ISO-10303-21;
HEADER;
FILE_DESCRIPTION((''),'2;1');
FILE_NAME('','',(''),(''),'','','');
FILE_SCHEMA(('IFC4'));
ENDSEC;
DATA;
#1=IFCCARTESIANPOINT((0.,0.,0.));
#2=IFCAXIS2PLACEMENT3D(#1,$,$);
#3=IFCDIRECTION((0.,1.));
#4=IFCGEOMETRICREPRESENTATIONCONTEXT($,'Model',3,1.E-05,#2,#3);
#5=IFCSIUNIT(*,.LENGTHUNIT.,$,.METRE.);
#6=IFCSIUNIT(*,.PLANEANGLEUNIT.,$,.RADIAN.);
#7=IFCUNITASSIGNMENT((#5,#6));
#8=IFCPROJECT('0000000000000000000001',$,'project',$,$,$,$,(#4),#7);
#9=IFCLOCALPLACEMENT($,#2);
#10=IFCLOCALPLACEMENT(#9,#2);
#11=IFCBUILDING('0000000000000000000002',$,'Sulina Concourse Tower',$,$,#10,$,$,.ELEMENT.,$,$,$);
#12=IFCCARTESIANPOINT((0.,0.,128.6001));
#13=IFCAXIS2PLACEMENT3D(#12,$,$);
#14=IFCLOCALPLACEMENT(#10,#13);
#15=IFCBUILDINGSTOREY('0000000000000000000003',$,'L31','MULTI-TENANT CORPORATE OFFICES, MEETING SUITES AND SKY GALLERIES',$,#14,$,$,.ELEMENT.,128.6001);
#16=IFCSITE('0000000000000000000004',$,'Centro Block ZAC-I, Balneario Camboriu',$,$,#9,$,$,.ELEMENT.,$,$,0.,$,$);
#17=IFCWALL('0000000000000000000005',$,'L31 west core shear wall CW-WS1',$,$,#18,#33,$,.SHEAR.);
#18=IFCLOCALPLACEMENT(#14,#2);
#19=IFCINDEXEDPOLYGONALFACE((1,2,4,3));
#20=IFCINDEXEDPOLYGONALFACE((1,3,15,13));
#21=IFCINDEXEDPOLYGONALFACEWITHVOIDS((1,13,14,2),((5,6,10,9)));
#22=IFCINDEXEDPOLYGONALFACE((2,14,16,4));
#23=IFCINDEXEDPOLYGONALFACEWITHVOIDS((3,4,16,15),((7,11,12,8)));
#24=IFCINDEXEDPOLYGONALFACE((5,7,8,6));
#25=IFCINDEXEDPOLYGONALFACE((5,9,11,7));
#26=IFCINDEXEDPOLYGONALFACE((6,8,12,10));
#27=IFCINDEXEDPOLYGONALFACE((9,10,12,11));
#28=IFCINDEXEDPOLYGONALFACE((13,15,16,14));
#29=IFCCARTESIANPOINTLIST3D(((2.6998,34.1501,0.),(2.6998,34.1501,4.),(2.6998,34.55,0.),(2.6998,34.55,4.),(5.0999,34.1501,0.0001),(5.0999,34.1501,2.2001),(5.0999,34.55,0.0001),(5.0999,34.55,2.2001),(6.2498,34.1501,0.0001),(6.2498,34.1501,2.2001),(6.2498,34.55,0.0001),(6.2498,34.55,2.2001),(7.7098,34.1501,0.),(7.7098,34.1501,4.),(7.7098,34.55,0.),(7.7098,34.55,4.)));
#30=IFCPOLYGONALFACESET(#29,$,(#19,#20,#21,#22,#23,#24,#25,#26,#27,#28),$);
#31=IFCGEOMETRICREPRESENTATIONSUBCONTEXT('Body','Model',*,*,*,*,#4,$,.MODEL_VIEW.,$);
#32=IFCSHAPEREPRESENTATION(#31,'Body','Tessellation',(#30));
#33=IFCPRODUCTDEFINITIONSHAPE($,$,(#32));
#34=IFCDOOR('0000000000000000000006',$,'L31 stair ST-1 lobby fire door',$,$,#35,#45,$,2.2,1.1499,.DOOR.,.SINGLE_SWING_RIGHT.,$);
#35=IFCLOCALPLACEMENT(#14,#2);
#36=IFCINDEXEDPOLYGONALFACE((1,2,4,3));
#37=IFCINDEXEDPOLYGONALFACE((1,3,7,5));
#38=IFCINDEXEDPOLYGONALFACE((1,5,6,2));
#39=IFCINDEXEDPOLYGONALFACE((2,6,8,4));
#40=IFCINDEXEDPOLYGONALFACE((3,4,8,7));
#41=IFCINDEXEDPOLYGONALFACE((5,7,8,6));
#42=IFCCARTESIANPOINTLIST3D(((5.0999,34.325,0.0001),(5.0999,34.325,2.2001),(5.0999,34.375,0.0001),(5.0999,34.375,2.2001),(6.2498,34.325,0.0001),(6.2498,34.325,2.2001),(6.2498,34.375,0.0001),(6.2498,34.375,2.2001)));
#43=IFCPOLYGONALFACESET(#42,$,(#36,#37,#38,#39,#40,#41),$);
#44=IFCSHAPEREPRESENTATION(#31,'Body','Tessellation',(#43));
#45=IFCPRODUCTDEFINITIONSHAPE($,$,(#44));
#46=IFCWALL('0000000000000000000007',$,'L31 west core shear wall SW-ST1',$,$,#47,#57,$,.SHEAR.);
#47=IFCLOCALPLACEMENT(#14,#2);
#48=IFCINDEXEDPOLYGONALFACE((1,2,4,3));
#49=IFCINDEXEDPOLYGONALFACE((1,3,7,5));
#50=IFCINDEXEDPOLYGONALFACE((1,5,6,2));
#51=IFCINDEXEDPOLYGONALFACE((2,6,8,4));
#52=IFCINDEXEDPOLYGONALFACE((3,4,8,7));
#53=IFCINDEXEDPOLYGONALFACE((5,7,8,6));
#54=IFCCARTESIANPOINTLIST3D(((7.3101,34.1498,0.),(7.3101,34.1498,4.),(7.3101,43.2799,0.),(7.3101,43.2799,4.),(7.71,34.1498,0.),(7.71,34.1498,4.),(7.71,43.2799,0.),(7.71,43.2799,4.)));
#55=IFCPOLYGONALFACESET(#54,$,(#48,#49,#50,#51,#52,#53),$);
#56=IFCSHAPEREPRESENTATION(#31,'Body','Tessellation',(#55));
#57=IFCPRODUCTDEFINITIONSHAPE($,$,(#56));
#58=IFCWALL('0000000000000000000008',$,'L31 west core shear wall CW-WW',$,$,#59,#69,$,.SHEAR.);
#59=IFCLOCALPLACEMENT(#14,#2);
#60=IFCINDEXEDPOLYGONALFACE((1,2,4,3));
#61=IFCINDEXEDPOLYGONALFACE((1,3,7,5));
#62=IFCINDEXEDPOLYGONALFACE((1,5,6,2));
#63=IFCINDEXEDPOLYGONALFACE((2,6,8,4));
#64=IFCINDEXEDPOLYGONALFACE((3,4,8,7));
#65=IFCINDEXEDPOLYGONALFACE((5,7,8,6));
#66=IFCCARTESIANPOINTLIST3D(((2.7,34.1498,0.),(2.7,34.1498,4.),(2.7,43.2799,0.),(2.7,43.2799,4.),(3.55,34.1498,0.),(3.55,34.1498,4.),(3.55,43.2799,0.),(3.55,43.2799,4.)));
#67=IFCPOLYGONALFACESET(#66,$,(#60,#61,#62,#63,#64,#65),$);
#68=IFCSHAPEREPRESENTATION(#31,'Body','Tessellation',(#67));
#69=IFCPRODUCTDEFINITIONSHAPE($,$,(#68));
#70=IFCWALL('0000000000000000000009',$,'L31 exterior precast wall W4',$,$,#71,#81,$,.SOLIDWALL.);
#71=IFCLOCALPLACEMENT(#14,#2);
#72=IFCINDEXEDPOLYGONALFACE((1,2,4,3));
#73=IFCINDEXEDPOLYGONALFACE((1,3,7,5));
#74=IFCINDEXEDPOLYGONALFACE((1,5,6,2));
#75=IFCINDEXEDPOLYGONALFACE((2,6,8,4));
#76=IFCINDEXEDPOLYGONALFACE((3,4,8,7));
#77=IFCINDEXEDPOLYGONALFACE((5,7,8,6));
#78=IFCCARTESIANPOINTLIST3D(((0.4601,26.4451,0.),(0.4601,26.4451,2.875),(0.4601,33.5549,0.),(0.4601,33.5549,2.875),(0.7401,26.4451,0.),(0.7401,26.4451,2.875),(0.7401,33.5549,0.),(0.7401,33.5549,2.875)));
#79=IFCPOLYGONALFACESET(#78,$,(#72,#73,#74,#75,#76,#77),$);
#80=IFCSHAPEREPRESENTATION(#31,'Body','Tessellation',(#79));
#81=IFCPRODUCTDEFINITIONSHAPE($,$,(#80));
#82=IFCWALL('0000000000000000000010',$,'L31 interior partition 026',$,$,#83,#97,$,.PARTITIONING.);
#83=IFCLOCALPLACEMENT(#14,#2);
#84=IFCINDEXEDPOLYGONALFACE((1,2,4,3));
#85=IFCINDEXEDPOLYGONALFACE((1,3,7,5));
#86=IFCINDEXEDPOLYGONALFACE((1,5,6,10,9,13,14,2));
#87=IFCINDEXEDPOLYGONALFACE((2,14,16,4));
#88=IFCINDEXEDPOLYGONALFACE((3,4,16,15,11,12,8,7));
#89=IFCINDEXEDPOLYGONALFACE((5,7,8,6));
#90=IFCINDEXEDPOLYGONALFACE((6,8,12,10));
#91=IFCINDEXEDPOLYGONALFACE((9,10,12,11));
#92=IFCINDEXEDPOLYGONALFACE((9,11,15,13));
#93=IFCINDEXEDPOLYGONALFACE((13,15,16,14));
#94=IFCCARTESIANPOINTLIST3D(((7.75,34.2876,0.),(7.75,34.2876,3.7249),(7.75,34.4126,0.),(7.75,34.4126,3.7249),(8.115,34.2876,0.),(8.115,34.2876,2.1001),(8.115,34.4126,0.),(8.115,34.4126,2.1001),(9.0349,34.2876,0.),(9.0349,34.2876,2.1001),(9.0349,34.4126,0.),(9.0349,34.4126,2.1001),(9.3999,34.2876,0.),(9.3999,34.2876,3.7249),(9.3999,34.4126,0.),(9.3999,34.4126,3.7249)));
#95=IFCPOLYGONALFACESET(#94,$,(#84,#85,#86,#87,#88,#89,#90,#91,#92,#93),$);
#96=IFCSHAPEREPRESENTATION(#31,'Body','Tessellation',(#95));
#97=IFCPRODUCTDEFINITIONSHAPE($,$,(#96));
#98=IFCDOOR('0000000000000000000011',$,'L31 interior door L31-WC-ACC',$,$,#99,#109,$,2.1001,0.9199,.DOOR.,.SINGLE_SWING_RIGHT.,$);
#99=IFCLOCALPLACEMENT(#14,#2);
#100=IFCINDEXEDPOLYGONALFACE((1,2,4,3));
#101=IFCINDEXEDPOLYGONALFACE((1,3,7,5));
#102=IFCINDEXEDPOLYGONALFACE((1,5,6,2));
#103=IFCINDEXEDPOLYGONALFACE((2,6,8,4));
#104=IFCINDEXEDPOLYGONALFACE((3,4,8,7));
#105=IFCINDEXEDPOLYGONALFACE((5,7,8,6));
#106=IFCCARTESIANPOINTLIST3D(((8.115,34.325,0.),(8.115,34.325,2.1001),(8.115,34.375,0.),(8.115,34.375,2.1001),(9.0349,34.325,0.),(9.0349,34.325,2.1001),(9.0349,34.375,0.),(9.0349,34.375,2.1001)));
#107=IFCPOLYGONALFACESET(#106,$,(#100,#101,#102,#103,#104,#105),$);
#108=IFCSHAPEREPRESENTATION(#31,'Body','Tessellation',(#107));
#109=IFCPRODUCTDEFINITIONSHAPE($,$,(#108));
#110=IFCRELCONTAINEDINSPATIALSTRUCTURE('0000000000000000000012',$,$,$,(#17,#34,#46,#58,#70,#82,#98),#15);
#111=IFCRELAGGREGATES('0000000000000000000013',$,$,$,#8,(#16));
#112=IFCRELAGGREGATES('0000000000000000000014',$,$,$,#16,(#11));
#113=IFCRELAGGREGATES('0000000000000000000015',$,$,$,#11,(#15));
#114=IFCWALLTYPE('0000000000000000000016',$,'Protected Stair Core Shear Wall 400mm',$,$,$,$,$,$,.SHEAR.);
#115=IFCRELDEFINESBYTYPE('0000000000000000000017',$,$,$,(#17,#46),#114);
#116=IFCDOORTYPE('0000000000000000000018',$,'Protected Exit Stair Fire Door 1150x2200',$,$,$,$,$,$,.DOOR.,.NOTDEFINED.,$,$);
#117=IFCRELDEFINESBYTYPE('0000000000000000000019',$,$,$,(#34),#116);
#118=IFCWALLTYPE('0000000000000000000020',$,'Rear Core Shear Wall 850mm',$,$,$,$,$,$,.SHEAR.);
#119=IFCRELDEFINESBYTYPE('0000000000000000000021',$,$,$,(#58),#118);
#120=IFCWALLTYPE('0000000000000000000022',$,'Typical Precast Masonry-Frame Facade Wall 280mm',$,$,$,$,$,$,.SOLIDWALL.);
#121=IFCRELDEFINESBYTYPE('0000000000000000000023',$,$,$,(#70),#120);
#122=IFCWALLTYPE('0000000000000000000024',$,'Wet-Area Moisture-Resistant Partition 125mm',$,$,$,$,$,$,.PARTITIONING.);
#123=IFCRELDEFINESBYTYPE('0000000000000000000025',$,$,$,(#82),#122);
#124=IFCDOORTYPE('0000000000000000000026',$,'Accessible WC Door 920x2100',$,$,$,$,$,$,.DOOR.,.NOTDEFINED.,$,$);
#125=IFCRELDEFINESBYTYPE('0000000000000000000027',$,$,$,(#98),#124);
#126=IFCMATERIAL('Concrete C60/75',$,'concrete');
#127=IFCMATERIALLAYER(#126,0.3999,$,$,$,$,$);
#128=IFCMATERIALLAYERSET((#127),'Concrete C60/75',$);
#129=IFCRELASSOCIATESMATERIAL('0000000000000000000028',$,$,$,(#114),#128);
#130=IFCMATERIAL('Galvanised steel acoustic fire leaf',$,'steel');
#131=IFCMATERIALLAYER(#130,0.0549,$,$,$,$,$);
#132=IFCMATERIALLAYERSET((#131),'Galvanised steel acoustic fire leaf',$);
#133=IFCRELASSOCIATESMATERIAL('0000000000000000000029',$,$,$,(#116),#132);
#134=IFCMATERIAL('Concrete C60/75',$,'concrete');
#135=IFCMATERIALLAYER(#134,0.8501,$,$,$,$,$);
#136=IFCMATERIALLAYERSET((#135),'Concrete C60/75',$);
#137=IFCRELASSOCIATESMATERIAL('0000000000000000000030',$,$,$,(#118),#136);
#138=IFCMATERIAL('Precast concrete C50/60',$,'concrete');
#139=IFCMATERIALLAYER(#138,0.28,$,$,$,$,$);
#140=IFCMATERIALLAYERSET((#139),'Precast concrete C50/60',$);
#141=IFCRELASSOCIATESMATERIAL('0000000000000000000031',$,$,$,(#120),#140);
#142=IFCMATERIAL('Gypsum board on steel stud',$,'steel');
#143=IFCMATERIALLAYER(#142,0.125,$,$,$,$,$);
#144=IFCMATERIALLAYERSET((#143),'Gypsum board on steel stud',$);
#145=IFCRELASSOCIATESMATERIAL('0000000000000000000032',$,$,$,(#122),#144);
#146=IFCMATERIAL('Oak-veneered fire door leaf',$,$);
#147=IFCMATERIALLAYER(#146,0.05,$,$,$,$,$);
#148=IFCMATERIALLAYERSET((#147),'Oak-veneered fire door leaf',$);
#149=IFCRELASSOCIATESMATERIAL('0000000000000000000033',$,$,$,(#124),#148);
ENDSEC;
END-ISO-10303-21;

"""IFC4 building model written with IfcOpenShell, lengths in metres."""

from ifc_helpers import new_model, si_unit, direction, frame, frame_2d, origin, place, context, subcontext, project, spatial, rectangle, extrude, material, layer, layer_set, type_object, element, fill, save


model = new_model("IFC4")

# Units and contexts
model_context = context("Model", 3, precision=1e-05, world=origin(), true_north=direction((0.0, 1.0)))
body_context = subcontext(model_context, "Body", "Model", "MODEL_VIEW")
ifc_project = project(units=[si_unit("LENGTHUNIT", "METRE"), si_unit("PLANEANGLEUNIT", "RADIAN")], contexts=[model_context])

# Site, building, storey
site_placement = place(None, origin())
site = spatial("IfcSite", under=ifc_project, at=site_placement, Name="Centro Block ZAC-I, Balneario Camboriu", CompositionType="ELEMENT", RefElevation=0.0)
building_placement = place(site_placement, origin())
building = spatial("IfcBuilding", under=site, at=building_placement, Name="Sulina Concourse Tower", CompositionType="ELEMENT")
storey_placement = place(building_placement, frame((0.0, 0.0, 128.6001)))
storey = spatial("IfcBuildingStorey", under=building, at=storey_placement, Name="L31", Description="MULTI-TENANT CORPORATE OFFICES, MEETING SUITES AND SKY GALLERIES", CompositionType="ELEMENT", Elevation=128.6001)

# Wall, opening, door
ifc_material_1 = material(Name="Concrete C60/75", Category="concrete")
ifc_layer_1 = layer(ifc_material_1, 0.3999)
ifc_layer_set_1 = layer_set([ifc_layer_1], Name="Concrete C60/75")
wall_type_1 = type_object("IfcWallType", Name="Protected Stair Core Shear Wall 400mm", PredefinedType="SHEAR", material=ifc_layer_set_1)
wall_1_placement = place(storey_placement, frame((2.7, 34.3501, 0.0), z_axis=(0.0, 0.0, 1.0), x_axis=(1.0, 0.0, 0.0)))
wall_1 = element("IfcWall", 1, at=wall_1_placement, inside=storey, type_object=wall_type_1, Name="L31 west core shear wall CW-WS1", PredefinedType="SHEAR", context=body_context, shape_type="SweptSolid", body=[
    extrude(rectangle(XDim=5.01, YDim=0.3999, at=frame_2d((2.5049, 0.0))), origin(), (0.0, 0.0, 1.0), 4.0),
])
opening_1_placement = place(wall_1_placement, frame((2.3999, 0.0, 0.0)))
opening_1 = element("IfcOpeningElement", 2, at=opening_1_placement, cuts=wall_1, PredefinedType="OPENING", context=body_context, shape_type="SweptSolid", body=[
    extrude(rectangle(XDim=1.1499, YDim=2.2, at=frame_2d((0.575, 1.1001))), frame((0.0, 0.21, 0.0), z_axis=(0.0, -1.0, 0.0), x_axis=(1.0, 0.0, 0.0)), (0.0, 0.0, 1.0), 0.4199),
])
ifc_material_2 = material(Name="Galvanised steel acoustic fire leaf", Category="steel")
ifc_layer_2 = layer(ifc_material_2, 0.0549)
ifc_layer_set_2 = layer_set([ifc_layer_2], Name="Galvanised steel acoustic fire leaf")
door_type_1 = type_object("IfcDoorType", Name="Protected Exit Stair Fire Door 1150x2200", OperationType="NOTDEFINED", PredefinedType="DOOR", material=ifc_layer_set_2)
door_1_placement = place(opening_1_placement, origin())
door_1 = element("IfcDoor", 3, at=door_1_placement, inside=storey, type_object=door_type_1, Name="L31 stair ST-1 lobby fire door", OperationType="SINGLE_SWING_RIGHT", OverallHeight=2.2, OverallWidth=1.1499, PredefinedType="DOOR", context=body_context, shape_type="SweptSolid", body=[
    extrude(rectangle(XDim=1.1499, YDim=2.2, at=frame_2d((0.575, 1.1001))), frame((0.0, 0.0249, 0.0), z_axis=(0.0, -1.0, 0.0), x_axis=(1.0, 0.0, 0.0)), (0.0, 0.0, 1.0), 0.05),
])
fill(opening_1, door_1)

# Walls
wall_2_placement = place(storey_placement, frame((7.51, 34.1499, 0.0), z_axis=(0.0, 0.0, 1.0), x_axis=(0.0, 1.0, 0.0)))
element("IfcWall", 4, at=wall_2_placement, inside=storey, type_object=wall_type_1, Name="L31 west core shear wall SW-ST1", PredefinedType="SHEAR", context=body_context, shape_type="SweptSolid", body=[
    extrude(rectangle(XDim=9.1301, YDim=0.3999, at=frame_2d((4.5649, 0.0))), origin(), (0.0, 0.0, 1.0), 4.0),
])
ifc_material_3 = material(Name="Concrete C60/75", Category="concrete")
ifc_layer_3 = layer(ifc_material_3, 0.8501)
ifc_layer_set_3 = layer_set([ifc_layer_3], Name="Concrete C60/75")
wall_type_2 = type_object("IfcWallType", Name="Rear Core Shear Wall 850mm", PredefinedType="SHEAR", material=ifc_layer_set_3)
wall_3_placement = place(storey_placement, frame((3.125, 34.1499, 0.0), z_axis=(0.0, 0.0, 1.0), x_axis=(0.0, 1.0, 0.0)))
element("IfcWall", 5, at=wall_3_placement, inside=storey, type_object=wall_type_2, Name="L31 west core shear wall CW-WW", PredefinedType="SHEAR", context=body_context, shape_type="SweptSolid", body=[
    extrude(rectangle(XDim=9.1301, YDim=0.8501, at=frame_2d((4.5649, 0.0))), origin(), (0.0, 0.0, 1.0), 4.0),
])
ifc_material_4 = material(Name="Precast concrete C50/60", Category="concrete")
ifc_layer_4 = layer(ifc_material_4, 0.28)
ifc_layer_set_4 = layer_set([ifc_layer_4], Name="Precast concrete C50/60")
wall_type_3 = type_object("IfcWallType", Name="Typical Precast Masonry-Frame Facade Wall 280mm", PredefinedType="SOLIDWALL", material=ifc_layer_set_4)
wall_4_placement = place(storey_placement, frame((0.6001, 26.4451, 0.0), z_axis=(0.0, 0.0, 1.0), x_axis=(0.0, 1.0, 0.0)))
element("IfcWall", 6, at=wall_4_placement, inside=storey, type_object=wall_type_3, Name="L31 exterior precast wall W4", PredefinedType="SOLIDWALL", context=body_context, shape_type="SweptSolid", body=[
    extrude(rectangle(XDim=7.1099, YDim=0.28, at=frame_2d((3.5549, 0.0))), origin(), (0.0, 0.0, 1.0), 2.875),
])

# Wall, opening, door
ifc_material_5 = material(Name="Gypsum board on steel stud", Category="steel")
ifc_layer_5 = layer(ifc_material_5, 0.125)
ifc_layer_set_5 = layer_set([ifc_layer_5], Name="Gypsum board on steel stud")
wall_type_4 = type_object("IfcWallType", Name="Wet-Area Moisture-Resistant Partition 125mm", PredefinedType="PARTITIONING", material=ifc_layer_set_5)
wall_5_placement = place(storey_placement, frame((7.75, 34.3501, 0.0), z_axis=(0.0, 0.0, 1.0), x_axis=(1.0, 0.0, 0.0)))
wall_5 = element("IfcWall", 7, at=wall_5_placement, inside=storey, type_object=wall_type_4, Name="L31 interior partition 026", PredefinedType="PARTITIONING", context=body_context, shape_type="SweptSolid", body=[
    extrude(rectangle(XDim=1.6499, YDim=0.125, at=frame_2d((0.825, 0.0))), origin(), (0.0, 0.0, 1.0), 3.7249),
])
opening_2_placement = place(wall_5_placement, frame((0.365, 0.0, 0.0)))
opening_2 = element("IfcOpeningElement", 8, at=opening_2_placement, cuts=wall_5, PredefinedType="OPENING", context=body_context, shape_type="SweptSolid", body=[
    extrude(rectangle(XDim=0.9199, YDim=2.1001, at=frame_2d((0.46, 1.05))), frame((0.0, 0.0725, 0.0), z_axis=(0.0, -1.0, 0.0), x_axis=(1.0, 0.0, 0.0)), (0.0, 0.0, 1.0), 0.145),
])
ifc_material_6 = material(Name="Oak-veneered fire door leaf")
ifc_layer_6 = layer(ifc_material_6, 0.05)
ifc_layer_set_6 = layer_set([ifc_layer_6], Name="Oak-veneered fire door leaf")
door_type_2 = type_object("IfcDoorType", Name="Accessible WC Door 920x2100", OperationType="NOTDEFINED", PredefinedType="DOOR", material=ifc_layer_set_6)
door_2_placement = place(opening_2_placement, origin())
door_2 = element("IfcDoor", 9, at=door_2_placement, inside=storey, type_object=door_type_2, Name="L31 interior door L31-WC-ACC", OperationType="SINGLE_SWING_RIGHT", OverallHeight=2.1001, OverallWidth=0.9199, PredefinedType="DOOR", context=body_context, shape_type="SweptSolid", body=[
    extrude(rectangle(XDim=0.9199, YDim=2.1001, at=frame_2d((0.46, 1.05))), frame((0.0, 0.0249, 0.0), z_axis=(0.0, -1.0, 0.0), x_axis=(1.0, 0.0, 0.0)), (0.0, 0.0, 1.0), 0.05),
])
fill(opening_2, door_2)

save(model, "model.ifc")
